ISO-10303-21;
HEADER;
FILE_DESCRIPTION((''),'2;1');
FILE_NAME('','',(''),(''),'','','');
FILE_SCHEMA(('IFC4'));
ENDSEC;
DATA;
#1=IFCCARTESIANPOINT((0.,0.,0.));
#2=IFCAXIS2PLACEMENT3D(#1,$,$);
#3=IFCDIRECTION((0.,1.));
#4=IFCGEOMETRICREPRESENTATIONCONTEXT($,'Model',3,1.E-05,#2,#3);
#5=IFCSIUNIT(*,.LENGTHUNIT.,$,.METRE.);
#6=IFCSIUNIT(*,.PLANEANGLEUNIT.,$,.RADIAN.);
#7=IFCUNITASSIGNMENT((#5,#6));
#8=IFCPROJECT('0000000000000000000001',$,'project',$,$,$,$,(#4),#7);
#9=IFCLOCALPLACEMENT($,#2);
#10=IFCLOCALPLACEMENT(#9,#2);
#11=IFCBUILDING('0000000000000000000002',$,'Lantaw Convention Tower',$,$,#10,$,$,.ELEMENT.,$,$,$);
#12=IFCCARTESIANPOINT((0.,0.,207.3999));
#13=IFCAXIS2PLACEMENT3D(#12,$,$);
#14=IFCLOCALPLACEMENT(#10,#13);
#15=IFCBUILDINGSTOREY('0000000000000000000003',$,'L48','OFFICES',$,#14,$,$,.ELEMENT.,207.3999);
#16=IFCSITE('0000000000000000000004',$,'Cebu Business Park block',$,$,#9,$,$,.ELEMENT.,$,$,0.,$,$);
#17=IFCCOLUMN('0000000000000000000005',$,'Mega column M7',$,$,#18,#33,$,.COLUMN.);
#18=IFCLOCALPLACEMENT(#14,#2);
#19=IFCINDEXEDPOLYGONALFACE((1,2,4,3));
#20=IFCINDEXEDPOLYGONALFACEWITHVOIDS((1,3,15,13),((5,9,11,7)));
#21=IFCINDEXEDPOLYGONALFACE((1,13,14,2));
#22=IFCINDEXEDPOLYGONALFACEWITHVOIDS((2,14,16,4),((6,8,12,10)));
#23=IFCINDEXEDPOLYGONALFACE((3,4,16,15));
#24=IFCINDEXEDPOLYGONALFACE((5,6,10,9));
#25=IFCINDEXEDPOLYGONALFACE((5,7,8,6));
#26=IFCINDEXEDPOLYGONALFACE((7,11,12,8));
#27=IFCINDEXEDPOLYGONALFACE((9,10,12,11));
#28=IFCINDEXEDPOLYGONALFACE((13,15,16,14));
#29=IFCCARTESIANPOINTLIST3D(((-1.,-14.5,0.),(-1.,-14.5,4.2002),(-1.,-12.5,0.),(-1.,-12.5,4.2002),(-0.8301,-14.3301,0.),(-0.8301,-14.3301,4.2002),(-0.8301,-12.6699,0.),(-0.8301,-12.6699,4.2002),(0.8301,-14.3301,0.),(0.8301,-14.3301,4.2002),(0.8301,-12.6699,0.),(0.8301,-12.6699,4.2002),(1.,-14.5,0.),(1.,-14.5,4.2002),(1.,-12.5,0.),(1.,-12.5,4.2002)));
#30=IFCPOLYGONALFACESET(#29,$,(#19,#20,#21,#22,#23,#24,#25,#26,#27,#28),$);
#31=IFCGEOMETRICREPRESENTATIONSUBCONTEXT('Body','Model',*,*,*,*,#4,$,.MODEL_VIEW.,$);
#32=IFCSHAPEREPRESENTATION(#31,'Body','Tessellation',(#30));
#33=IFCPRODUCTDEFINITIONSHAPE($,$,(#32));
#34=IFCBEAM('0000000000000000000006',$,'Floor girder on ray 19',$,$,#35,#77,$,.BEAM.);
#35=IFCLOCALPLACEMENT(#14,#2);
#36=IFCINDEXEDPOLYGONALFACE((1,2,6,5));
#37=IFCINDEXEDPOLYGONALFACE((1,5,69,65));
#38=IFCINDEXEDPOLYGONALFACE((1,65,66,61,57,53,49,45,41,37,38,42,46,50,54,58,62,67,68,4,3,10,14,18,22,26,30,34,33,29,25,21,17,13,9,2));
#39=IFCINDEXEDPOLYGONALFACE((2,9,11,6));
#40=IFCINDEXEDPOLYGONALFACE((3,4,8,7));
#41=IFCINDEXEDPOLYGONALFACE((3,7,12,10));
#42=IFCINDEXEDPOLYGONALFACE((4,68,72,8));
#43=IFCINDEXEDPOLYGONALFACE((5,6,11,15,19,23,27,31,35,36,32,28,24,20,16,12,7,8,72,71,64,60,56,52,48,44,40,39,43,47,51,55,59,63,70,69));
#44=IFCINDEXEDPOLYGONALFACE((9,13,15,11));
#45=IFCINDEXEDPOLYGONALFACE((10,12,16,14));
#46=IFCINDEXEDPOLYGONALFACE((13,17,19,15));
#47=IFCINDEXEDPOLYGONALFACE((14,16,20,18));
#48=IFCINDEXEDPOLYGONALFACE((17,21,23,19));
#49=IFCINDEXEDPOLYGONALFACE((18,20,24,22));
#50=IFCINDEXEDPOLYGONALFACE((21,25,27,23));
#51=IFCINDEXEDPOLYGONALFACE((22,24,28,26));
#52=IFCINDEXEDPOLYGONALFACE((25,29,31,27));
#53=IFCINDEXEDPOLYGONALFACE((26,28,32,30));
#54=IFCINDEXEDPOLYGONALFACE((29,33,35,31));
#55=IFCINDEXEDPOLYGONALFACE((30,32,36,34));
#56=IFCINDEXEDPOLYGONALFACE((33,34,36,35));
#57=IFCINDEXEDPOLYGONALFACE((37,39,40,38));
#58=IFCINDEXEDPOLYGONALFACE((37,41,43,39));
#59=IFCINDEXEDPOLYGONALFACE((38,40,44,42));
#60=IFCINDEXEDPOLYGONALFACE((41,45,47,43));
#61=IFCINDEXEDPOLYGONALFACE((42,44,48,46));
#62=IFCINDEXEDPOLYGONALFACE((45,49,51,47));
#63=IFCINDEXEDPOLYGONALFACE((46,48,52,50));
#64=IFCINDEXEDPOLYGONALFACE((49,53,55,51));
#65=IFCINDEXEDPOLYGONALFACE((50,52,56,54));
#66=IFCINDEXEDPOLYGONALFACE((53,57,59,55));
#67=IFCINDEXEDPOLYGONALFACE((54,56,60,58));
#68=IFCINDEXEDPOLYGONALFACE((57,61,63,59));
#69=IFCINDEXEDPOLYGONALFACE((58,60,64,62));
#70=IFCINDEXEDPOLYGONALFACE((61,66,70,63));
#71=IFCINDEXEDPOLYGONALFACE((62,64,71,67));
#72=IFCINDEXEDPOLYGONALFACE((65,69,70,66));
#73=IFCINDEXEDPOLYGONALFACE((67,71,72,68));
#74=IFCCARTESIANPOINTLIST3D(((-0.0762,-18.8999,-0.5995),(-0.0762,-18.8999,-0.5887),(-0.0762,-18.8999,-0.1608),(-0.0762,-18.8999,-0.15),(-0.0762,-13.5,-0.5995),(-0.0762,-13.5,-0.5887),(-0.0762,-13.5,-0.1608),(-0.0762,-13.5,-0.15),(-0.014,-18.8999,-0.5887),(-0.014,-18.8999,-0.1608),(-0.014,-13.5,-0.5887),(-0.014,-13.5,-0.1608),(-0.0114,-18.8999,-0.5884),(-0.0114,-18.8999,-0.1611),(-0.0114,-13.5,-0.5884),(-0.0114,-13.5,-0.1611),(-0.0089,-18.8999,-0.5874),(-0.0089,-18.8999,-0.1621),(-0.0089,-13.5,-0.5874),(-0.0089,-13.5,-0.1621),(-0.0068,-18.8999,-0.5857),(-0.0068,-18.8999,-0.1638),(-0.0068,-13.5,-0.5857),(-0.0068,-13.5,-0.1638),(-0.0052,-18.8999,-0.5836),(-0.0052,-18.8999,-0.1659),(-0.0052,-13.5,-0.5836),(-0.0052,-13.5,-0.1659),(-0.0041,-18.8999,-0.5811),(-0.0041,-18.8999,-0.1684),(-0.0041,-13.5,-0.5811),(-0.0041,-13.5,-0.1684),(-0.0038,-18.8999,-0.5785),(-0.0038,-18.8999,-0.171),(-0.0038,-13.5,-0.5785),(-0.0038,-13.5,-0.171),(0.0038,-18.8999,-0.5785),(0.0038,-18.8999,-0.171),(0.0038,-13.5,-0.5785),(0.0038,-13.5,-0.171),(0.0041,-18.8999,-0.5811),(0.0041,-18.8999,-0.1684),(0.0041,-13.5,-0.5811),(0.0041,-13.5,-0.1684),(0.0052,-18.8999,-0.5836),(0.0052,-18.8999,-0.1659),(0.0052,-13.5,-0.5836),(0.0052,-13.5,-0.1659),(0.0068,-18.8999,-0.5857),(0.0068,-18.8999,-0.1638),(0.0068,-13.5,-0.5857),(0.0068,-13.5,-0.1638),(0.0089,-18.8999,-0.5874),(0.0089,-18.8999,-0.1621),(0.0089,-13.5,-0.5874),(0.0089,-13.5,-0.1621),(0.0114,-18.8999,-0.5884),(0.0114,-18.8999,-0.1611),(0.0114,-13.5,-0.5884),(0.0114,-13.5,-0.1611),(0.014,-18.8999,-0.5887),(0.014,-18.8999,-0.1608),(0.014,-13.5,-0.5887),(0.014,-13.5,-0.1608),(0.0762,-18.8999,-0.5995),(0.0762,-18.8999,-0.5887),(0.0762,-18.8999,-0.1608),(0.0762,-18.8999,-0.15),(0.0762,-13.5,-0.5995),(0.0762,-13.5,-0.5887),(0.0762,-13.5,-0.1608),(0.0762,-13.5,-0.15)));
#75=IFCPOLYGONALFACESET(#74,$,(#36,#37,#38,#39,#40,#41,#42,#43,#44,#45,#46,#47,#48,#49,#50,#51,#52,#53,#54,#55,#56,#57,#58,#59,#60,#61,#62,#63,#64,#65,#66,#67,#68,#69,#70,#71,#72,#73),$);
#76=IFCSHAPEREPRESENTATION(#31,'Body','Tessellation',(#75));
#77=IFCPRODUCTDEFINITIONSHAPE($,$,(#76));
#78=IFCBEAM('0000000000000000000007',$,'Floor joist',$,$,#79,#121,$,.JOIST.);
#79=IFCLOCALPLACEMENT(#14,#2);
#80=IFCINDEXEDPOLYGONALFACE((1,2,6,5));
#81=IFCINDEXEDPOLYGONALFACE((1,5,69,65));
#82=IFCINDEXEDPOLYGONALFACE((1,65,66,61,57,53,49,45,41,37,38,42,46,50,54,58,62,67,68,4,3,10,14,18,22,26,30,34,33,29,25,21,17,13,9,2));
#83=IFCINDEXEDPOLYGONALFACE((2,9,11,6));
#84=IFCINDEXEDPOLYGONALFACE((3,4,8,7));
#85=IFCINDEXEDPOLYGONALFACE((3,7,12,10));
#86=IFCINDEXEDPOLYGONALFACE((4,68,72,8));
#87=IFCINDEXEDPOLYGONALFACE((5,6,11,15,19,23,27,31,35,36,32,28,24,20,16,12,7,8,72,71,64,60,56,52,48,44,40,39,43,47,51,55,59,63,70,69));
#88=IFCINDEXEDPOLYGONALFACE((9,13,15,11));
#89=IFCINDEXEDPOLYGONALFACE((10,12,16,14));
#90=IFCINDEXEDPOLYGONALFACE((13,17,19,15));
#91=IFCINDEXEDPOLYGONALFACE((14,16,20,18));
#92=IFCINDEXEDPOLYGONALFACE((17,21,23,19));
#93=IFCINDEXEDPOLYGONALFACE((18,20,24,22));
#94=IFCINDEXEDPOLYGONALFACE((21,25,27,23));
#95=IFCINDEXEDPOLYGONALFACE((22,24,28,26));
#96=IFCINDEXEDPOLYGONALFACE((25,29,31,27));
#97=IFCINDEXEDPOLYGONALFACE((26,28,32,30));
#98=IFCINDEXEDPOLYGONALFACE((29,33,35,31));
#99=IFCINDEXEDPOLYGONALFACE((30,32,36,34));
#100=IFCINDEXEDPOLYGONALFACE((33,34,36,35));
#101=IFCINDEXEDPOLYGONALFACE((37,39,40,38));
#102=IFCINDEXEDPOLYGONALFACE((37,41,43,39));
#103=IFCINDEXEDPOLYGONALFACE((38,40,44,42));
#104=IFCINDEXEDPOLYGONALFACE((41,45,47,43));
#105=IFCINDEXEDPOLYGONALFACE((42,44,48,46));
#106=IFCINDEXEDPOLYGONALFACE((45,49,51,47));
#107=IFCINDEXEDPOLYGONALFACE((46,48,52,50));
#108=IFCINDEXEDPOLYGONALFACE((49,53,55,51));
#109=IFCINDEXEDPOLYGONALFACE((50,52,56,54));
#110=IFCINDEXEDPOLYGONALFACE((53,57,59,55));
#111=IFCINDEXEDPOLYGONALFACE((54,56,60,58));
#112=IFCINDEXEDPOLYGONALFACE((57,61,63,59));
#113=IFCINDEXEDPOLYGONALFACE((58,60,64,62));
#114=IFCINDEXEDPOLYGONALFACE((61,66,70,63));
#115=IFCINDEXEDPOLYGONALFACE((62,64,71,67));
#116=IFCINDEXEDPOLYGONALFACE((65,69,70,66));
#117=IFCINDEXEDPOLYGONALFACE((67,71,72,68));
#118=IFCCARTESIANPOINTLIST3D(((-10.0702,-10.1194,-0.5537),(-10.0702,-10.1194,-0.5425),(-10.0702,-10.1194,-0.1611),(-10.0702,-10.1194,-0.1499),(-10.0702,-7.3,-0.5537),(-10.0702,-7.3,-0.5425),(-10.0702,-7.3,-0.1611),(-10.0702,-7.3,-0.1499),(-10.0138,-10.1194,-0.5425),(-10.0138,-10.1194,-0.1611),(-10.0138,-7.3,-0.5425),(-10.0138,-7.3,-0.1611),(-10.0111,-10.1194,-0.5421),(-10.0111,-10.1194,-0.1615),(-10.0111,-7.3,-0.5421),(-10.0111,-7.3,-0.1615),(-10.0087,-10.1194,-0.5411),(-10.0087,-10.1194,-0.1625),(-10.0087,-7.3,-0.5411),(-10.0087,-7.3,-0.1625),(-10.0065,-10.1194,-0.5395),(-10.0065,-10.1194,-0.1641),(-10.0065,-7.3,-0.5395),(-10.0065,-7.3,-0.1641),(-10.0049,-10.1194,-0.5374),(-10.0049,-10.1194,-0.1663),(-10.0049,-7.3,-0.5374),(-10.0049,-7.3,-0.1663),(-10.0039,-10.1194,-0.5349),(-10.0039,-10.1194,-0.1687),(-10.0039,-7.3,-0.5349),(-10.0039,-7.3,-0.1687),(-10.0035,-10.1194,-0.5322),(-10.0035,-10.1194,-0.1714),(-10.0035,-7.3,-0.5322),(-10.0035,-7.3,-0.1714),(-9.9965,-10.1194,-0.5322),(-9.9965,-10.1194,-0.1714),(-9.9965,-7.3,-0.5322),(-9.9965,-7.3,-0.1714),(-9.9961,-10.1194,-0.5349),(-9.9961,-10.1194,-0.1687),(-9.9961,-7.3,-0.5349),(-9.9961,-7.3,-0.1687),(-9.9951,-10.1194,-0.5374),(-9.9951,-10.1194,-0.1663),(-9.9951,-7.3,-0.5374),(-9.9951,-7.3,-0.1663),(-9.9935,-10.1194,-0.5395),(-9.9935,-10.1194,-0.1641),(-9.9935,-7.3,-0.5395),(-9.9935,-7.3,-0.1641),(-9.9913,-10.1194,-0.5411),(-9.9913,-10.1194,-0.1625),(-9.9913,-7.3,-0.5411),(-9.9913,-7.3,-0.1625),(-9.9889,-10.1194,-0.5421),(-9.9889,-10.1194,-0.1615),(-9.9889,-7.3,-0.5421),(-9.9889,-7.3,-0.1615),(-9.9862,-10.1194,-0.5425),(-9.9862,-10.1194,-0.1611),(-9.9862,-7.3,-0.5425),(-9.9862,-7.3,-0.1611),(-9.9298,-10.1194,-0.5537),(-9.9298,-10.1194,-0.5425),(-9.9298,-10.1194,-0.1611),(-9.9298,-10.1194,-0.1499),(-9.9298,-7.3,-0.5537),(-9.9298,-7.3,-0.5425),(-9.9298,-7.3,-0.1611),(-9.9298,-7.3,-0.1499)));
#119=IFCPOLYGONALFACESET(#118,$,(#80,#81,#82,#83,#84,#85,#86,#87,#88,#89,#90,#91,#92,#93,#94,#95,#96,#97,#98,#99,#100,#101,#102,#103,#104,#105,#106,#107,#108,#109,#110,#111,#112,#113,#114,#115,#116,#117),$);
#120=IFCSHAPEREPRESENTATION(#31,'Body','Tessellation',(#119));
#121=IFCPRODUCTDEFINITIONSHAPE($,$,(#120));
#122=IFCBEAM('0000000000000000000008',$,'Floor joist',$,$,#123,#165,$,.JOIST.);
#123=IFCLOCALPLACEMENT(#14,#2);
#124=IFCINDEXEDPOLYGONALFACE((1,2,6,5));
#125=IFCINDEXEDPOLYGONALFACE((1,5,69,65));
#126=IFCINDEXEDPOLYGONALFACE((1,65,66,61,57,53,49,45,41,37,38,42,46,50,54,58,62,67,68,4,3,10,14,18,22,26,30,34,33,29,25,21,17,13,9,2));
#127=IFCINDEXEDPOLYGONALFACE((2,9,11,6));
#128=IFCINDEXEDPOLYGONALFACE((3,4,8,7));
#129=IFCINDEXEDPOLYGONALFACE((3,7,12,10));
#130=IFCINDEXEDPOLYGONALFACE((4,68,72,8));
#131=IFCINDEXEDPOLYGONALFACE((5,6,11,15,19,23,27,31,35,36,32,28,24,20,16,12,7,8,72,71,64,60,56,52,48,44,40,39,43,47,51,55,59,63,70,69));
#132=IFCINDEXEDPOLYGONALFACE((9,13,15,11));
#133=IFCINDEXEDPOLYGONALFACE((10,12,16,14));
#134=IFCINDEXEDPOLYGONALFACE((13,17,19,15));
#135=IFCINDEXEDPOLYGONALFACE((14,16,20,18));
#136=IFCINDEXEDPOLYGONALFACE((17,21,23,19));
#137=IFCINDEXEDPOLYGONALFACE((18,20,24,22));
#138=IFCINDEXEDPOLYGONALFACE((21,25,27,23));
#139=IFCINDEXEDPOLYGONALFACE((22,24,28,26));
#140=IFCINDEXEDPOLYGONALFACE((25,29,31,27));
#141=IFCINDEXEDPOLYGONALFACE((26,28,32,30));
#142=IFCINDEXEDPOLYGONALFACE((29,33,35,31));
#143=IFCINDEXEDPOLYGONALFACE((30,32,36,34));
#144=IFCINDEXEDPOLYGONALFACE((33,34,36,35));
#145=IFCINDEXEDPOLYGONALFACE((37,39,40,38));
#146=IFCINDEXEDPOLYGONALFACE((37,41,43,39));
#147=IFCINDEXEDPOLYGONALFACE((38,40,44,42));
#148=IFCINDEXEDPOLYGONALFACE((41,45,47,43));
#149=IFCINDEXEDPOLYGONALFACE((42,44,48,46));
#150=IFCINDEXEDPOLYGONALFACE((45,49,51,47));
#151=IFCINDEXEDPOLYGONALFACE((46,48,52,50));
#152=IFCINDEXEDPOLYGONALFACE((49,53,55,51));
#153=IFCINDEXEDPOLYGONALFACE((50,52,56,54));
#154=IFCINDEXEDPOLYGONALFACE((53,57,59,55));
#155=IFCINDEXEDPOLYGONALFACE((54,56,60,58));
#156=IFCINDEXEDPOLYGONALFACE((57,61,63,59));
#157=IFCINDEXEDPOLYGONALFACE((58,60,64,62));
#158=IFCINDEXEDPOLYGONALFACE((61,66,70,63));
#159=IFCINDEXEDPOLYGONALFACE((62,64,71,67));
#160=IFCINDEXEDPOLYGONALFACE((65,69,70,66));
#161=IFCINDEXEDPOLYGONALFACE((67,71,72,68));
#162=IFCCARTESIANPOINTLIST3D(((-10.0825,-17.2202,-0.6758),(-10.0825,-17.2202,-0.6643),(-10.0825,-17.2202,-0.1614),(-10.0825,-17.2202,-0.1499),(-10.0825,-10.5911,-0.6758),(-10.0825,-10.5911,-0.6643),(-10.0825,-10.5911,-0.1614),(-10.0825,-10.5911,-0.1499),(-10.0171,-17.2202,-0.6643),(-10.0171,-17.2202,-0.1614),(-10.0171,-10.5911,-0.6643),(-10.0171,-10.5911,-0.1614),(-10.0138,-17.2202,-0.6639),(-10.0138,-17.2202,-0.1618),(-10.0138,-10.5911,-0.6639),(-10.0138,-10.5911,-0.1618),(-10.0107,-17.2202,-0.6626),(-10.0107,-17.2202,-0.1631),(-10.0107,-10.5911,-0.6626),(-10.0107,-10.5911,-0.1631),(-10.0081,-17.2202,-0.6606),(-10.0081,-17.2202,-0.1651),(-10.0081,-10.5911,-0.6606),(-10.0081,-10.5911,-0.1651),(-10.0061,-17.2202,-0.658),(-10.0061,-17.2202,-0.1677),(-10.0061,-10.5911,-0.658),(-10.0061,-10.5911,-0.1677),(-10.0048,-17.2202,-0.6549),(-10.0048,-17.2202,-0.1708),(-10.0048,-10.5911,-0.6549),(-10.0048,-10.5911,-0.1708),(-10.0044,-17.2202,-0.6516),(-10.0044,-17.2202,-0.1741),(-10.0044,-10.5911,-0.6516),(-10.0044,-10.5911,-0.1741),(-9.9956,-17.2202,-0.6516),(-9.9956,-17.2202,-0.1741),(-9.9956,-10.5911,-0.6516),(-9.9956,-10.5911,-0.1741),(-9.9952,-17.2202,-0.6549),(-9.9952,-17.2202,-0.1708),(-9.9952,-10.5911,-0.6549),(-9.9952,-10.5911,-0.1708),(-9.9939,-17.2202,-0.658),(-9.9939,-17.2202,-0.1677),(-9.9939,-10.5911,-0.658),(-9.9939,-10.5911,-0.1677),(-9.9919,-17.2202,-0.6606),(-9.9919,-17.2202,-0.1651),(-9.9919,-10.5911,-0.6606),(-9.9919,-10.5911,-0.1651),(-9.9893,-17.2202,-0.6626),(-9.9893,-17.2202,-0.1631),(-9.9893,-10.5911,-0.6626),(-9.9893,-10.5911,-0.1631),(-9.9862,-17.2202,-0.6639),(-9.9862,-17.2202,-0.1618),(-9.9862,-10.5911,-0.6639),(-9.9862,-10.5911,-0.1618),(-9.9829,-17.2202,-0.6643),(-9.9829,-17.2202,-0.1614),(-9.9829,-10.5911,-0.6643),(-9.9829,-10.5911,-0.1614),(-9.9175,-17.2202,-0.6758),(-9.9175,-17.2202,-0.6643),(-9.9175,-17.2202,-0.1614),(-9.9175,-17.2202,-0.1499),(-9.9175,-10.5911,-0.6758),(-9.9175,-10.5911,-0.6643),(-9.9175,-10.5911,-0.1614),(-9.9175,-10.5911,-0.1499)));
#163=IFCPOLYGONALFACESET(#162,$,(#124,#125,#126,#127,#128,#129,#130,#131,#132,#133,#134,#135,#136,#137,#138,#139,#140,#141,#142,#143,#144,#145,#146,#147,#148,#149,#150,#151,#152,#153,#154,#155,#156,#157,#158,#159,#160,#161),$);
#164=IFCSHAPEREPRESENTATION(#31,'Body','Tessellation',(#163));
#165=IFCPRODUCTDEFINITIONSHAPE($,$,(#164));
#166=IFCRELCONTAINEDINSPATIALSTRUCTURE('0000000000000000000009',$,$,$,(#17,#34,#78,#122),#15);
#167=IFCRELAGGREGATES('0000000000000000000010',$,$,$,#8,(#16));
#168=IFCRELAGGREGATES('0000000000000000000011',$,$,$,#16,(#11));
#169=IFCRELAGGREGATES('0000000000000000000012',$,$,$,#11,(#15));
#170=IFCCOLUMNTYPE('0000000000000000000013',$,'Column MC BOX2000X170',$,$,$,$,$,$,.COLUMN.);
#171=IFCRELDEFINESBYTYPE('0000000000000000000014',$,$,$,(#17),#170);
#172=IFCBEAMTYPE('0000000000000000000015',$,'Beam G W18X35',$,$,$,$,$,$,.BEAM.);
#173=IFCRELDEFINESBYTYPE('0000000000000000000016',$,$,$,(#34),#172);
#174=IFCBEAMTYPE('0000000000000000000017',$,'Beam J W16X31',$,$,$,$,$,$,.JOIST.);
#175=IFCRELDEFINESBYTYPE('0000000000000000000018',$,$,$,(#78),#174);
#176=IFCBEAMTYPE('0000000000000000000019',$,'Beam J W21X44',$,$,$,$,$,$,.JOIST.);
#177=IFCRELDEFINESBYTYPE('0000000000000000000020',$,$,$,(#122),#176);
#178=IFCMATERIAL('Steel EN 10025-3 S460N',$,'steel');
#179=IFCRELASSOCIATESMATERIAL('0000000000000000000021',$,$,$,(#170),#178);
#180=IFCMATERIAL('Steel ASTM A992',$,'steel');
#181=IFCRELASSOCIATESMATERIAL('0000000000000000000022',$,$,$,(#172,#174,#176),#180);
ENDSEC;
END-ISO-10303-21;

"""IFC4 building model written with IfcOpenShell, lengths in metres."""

from ifc_helpers import new_model, si_unit, direction, frame, origin, origin_2d, place, context, subcontext, project, spatial, rectangle, hollow_rectangle, i_section, extrude, material, material_profile, profile_set, type_object, element, save


model = new_model("IFC4")

# Units and contexts
model_context = context("Model", 3, precision=1e-05, world=origin(), true_north=direction((0.0, 1.0)))
body_context = subcontext(model_context, "Body", "Model", "MODEL_VIEW")
ifc_project = project(units=[si_unit("LENGTHUNIT", "METRE"), si_unit("PLANEANGLEUNIT", "RADIAN")], contexts=[model_context])

# Site, building, storey
site_placement = place(None, origin())
site = spatial("IfcSite", under=ifc_project, at=site_placement, Name="Cebu Business Park block", CompositionType="ELEMENT", RefElevation=0.0)
building_placement = place(site_placement, origin())
building = spatial("IfcBuilding", under=site, at=building_placement, Name="Lantaw Convention Tower", CompositionType="ELEMENT")
storey_placement = place(building_placement, frame((0.0, 0.0, 207.3999)))
storey = spatial("IfcBuildingStorey", under=building, at=storey_placement, Name="L48", Description="OFFICES", CompositionType="ELEMENT", Elevation=207.3999)

# Column
ifc_material_1 = material(Name="Steel EN 10025-3 S460N", Category="steel")
ifc_material_profile_1 = material_profile(ifc_material_1, hollow_rectangle(XDim=2.0, YDim=2.0, WallThickness=0.1699, at=origin_2d()), Name="BOX2000X170")
ifc_material_2 = material(Name="Concrete C60/75", Category="concrete")
ifc_material_profile_2 = material_profile(ifc_material_2, rectangle(XDim=1.6599, YDim=1.6599, at=origin_2d()), Name="Concrete fill of BOX2000X170")
ifc_profile_set_1 = profile_set([ifc_material_profile_1, ifc_material_profile_2], Name="Steel EN 10025-3 S460N")
column_type = type_object("IfcColumnType", Name="Column MC BOX2000X170", PredefinedType="COLUMN", material=ifc_profile_set_1)
column_placement = place(storey_placement, frame((0.0, -13.5, 0.0), z_axis=(0.0, 0.0, 1.0), x_axis=(1.0, 0.0, 0.0)))
element("IfcColumn", 1, at=column_placement, inside=storey, type_object=column_type, Name="Mega column M7", PredefinedType="COLUMN", context=body_context, shape_type="SweptSolid", body=[
    extrude(hollow_rectangle(XDim=2.0, YDim=2.0, WallThickness=0.1699, at=origin_2d()), origin(), (0.0, 0.0, 1.0), 4.2002),
])

# Beams
ifc_material_3 = material(Name="Steel ASTM A992", Category="steel")
ifc_material_profile_3 = material_profile(ifc_material_3, i_section(OverallWidth=0.1523, OverallDepth=0.4495, WebThickness=0.0076, FlangeThickness=0.0107, FilletRadius=0.0103, at=origin_2d()), Name="W18X35")
ifc_profile_set_2 = profile_set([ifc_material_profile_3], Name="Steel ASTM A992")
beam_type_1 = type_object("IfcBeamType", Name="Beam G W18X35", PredefinedType="BEAM", material=ifc_profile_set_2)
beam_1_placement = place(storey_placement, frame((0.0, -13.5, -0.3748), z_axis=(0.0, -1.0, 0.0), x_axis=(1.0, 0.0, 0.0)))
element("IfcBeam", 2, at=beam_1_placement, inside=storey, type_object=beam_type_1, Name="Floor girder on ray 19", PredefinedType="BEAM", context=body_context, shape_type="SweptSolid", body=[
    extrude(i_section(OverallWidth=0.1523, OverallDepth=0.4495, WebThickness=0.0076, FlangeThickness=0.0107, FilletRadius=0.0103, at=origin_2d()), origin(), (0.0, 0.0, 1.0), 5.3999),
])
ifc_material_profile_4 = material_profile(ifc_material_3, i_section(OverallWidth=0.1404, OverallDepth=0.4038, WebThickness=0.0071, FlangeThickness=0.0112, FilletRadius=0.0103, at=origin_2d()), Name="W16X31")
ifc_profile_set_3 = profile_set([ifc_material_profile_4], Name="Steel ASTM A992")
beam_type_2 = type_object("IfcBeamType", Name="Beam J W16X31", PredefinedType="JOIST", material=ifc_profile_set_3)
beam_2_placement = place(storey_placement, frame((-10.0, -10.1194, -0.3518), z_axis=(0.0, 1.0, 0.0), x_axis=(-1.0, 0.0, 0.0)))
element("IfcBeam", 3, at=beam_2_placement, inside=storey, type_object=beam_type_2, Name="Floor joist", PredefinedType="JOIST", context=body_context, shape_type="SweptSolid", body=[
    extrude(i_section(OverallWidth=0.1404, OverallDepth=0.4038, WebThickness=0.0071, FlangeThickness=0.0112, FilletRadius=0.0103, at=origin_2d()), origin(), (0.0, 0.0, 1.0), 2.8193),
])
ifc_material_profile_5 = material_profile(ifc_material_3, i_section(OverallWidth=0.165, OverallDepth=0.5259, WebThickness=0.0088, FlangeThickness=0.0115, FilletRadius=0.0127, at=origin_2d()), Name="W21X44")
ifc_profile_set_4 = profile_set([ifc_material_profile_5], Name="Steel ASTM A992")
beam_type_3 = type_object("IfcBeamType", Name="Beam J W21X44", PredefinedType="JOIST", material=ifc_profile_set_4)
beam_3_placement = place(storey_placement, frame((-10.0, -17.2202, -0.4128), z_axis=(0.0, 1.0, 0.0), x_axis=(-1.0, 0.0, 0.0)))
element("IfcBeam", 4, at=beam_3_placement, inside=storey, type_object=beam_type_3, Name="Floor joist", PredefinedType="JOIST", context=body_context, shape_type="SweptSolid", body=[
    extrude(i_section(OverallWidth=0.165, OverallDepth=0.5259, WebThickness=0.0088, FlangeThickness=0.0115, FilletRadius=0.0127, at=origin_2d()), origin(), (0.0, 0.0, 1.0), 6.6292),
])

save(model, "model.ifc")
